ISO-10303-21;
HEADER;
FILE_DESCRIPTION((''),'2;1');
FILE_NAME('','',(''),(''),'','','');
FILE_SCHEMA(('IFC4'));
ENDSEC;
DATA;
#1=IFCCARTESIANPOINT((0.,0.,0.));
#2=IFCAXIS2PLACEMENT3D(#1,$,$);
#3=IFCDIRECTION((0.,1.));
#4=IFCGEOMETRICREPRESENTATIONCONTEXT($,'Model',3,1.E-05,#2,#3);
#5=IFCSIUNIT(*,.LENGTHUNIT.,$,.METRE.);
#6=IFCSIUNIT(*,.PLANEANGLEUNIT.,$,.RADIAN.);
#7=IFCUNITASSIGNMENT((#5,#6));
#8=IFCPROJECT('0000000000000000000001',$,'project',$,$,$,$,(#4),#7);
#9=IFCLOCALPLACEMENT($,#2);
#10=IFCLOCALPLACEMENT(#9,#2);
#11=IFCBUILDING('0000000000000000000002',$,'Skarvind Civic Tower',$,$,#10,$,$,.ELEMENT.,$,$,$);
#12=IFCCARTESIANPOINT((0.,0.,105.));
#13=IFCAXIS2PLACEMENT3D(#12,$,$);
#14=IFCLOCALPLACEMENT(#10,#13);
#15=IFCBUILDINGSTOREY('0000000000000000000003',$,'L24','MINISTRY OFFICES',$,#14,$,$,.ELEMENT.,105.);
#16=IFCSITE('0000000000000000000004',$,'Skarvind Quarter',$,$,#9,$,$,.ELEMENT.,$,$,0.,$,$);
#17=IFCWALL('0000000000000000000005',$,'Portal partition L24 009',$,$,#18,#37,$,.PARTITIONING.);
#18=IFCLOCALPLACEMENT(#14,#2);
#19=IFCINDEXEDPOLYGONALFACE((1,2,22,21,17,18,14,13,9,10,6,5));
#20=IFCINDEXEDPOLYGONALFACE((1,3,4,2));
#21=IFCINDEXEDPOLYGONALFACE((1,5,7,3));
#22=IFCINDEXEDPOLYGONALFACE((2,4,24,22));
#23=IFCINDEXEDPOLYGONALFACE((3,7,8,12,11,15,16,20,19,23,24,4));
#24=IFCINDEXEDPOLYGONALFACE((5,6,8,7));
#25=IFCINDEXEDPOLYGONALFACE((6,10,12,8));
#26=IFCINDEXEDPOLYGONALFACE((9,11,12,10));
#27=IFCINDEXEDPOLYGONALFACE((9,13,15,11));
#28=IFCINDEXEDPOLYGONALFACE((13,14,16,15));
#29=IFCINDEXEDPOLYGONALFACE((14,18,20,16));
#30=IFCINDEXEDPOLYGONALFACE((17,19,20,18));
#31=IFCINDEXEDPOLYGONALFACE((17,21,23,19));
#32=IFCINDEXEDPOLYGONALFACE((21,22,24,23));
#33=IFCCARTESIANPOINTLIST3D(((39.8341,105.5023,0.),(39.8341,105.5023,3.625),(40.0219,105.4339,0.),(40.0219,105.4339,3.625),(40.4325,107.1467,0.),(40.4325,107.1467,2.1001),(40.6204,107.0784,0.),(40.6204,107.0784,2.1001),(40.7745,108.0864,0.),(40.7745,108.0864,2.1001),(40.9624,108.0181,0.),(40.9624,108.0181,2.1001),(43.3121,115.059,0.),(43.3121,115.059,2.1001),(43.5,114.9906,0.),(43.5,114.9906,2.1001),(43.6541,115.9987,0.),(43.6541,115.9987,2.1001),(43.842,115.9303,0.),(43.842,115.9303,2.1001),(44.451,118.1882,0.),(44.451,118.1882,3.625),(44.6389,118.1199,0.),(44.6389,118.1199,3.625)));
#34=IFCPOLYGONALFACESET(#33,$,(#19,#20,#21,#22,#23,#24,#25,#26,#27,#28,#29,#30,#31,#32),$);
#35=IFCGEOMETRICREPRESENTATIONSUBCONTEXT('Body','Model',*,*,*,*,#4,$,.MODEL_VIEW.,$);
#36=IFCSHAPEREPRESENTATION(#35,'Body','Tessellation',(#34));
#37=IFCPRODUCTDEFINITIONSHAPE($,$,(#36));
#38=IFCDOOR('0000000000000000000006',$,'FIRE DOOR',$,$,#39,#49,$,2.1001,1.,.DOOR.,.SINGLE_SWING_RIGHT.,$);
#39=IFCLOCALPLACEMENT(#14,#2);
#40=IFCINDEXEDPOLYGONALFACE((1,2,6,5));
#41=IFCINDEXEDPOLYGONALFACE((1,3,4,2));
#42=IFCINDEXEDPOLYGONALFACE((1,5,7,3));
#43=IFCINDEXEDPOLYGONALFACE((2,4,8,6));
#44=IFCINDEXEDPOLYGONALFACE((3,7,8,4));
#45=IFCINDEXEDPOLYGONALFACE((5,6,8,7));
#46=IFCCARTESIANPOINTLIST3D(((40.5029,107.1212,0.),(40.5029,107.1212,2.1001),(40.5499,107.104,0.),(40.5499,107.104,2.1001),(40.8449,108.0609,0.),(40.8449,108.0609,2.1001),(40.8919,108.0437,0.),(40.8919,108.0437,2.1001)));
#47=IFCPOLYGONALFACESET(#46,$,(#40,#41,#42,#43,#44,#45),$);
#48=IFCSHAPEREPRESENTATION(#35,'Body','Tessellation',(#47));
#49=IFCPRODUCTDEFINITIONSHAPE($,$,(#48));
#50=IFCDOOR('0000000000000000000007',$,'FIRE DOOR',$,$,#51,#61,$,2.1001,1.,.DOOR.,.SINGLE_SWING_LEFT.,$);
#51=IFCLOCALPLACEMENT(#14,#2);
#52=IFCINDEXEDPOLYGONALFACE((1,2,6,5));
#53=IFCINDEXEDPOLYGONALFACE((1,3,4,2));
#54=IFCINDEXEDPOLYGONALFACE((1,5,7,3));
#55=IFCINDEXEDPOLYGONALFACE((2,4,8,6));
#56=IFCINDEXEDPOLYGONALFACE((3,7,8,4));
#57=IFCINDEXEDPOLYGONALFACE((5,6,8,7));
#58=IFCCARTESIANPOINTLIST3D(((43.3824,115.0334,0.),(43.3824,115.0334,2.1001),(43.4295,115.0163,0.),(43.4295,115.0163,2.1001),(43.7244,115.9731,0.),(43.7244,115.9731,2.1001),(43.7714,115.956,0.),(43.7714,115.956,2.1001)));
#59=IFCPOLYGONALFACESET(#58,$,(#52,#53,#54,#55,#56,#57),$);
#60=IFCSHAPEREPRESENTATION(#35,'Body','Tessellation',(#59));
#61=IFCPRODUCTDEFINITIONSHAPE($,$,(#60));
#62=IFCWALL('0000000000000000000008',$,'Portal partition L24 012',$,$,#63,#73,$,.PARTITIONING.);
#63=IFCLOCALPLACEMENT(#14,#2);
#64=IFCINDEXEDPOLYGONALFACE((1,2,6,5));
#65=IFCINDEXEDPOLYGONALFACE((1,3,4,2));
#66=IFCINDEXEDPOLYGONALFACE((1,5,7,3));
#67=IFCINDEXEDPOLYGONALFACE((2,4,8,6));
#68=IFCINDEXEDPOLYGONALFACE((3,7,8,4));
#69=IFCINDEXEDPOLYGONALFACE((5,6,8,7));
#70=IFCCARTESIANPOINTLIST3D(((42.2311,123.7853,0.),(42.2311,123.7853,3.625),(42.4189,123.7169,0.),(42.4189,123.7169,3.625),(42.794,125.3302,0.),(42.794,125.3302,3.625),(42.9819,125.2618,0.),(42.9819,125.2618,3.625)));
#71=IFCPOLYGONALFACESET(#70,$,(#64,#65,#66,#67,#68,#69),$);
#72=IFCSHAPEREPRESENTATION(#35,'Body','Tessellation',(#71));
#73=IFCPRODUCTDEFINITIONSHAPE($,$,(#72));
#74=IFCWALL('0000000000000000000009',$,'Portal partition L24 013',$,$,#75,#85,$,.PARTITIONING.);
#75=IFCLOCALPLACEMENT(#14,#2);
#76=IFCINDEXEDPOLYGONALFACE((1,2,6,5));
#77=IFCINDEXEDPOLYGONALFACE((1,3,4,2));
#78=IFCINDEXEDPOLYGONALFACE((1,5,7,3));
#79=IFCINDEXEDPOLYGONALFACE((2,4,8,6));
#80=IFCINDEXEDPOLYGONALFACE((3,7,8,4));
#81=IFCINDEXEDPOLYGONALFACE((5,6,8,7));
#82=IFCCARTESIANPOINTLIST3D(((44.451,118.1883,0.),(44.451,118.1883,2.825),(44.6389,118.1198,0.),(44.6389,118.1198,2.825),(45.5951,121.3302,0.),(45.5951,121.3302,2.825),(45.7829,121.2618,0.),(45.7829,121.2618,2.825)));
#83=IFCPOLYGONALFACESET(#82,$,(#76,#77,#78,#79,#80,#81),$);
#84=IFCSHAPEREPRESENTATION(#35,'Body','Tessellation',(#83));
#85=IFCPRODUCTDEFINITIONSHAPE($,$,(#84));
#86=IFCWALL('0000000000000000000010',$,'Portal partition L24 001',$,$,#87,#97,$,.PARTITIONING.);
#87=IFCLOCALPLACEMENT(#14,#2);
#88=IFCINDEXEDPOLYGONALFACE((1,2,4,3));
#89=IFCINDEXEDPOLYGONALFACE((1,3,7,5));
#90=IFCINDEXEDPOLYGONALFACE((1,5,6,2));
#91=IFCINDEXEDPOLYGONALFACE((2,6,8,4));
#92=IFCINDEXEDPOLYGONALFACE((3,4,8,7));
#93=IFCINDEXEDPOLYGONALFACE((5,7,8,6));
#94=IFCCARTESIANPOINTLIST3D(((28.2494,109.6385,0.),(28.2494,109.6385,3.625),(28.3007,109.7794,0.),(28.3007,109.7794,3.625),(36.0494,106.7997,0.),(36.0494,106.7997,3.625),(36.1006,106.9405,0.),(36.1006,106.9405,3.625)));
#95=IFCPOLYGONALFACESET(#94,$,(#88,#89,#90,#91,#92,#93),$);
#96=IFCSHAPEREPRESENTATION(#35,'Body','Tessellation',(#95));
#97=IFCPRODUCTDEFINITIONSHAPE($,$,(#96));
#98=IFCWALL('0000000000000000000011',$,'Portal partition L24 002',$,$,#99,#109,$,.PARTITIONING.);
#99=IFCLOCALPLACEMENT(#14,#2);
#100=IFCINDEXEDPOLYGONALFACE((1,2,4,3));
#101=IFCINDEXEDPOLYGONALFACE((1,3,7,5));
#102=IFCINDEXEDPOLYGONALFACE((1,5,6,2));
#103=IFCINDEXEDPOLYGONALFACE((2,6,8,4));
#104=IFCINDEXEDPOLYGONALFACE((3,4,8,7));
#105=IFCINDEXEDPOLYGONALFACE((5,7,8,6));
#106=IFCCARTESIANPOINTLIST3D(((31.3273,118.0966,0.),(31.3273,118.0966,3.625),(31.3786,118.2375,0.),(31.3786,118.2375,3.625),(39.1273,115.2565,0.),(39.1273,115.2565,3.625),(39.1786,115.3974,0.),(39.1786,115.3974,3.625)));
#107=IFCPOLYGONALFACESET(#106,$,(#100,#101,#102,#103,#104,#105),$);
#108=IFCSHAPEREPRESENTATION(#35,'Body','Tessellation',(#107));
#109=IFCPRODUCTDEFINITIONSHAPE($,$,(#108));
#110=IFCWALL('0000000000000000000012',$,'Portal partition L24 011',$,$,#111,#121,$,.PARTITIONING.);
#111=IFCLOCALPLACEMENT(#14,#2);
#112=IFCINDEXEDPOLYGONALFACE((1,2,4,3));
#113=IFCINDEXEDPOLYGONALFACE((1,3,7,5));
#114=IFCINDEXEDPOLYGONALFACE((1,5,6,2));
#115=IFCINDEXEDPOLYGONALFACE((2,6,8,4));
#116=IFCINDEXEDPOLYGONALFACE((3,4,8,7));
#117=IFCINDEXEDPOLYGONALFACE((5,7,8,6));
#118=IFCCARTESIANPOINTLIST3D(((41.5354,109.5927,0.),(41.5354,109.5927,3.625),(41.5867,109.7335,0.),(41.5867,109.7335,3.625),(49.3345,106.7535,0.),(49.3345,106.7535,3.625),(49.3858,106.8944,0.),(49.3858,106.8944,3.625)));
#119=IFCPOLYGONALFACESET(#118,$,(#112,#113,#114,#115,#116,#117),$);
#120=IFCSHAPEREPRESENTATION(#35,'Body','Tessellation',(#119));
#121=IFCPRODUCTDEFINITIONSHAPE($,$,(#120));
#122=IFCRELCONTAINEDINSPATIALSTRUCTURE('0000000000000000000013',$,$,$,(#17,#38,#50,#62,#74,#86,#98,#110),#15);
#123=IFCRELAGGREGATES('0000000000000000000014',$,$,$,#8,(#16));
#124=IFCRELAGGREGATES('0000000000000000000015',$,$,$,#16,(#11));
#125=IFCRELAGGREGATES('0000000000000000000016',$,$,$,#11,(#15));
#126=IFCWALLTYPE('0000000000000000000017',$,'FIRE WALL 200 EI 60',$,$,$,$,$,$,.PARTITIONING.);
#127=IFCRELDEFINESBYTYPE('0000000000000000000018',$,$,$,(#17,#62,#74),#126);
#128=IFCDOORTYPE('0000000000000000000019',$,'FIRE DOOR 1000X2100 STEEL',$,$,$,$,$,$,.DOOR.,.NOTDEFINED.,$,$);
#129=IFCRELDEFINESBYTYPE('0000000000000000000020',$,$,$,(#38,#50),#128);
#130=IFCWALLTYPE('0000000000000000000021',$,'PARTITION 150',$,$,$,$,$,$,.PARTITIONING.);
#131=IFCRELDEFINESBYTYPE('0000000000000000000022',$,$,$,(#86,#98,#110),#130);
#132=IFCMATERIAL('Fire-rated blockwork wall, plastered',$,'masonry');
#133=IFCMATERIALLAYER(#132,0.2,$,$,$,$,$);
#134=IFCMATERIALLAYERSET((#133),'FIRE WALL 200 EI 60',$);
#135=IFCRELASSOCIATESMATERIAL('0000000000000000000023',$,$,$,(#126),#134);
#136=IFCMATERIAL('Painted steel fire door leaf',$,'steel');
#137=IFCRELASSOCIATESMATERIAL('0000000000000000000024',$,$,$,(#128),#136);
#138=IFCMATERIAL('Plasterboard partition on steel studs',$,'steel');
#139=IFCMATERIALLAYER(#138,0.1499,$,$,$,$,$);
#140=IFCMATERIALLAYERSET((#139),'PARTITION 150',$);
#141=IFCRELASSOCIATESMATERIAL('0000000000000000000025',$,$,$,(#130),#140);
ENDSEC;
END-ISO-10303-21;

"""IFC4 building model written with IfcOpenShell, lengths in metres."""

from ifc_helpers import new_model, si_unit, direction, frame, frame_2d, origin, place, context, subcontext, project, spatial, rectangle, extrude, material, layer, layer_set, type_object, element, fill, save


model = new_model("IFC4")

# Units and contexts
model_context = context("Model", 3, precision=1e-05, world=origin(), true_north=direction((0.0, 1.0)))
body_context = subcontext(model_context, "Body", "Model", "MODEL_VIEW")
ifc_project = project(units=[si_unit("LENGTHUNIT", "METRE"), si_unit("PLANEANGLEUNIT", "RADIAN")], contexts=[model_context])

# Site, building, storey
site_placement = place(None, origin())
site = spatial("IfcSite", under=ifc_project, at=site_placement, Name="Skarvind Quarter", CompositionType="ELEMENT", RefElevation=0.0)
building_placement = place(site_placement, origin())
building = spatial("IfcBuilding", under=site, at=building_placement, Name="Skarvind Civic Tower", CompositionType="ELEMENT")
storey_placement = place(building_placement, frame((0.0, 0.0, 105.0)))
storey = spatial("IfcBuildingStorey", under=building, at=storey_placement, Name="L24", Description="MINISTRY OFFICES", CompositionType="ELEMENT", Elevation=105.0)

# Wall, openings, doors
ifc_material_1 = material(Name="Fire-rated blockwork wall, plastered", Category="masonry")
ifc_layer_1 = layer(ifc_material_1, 0.2)
ifc_layer_set_1 = layer_set([ifc_layer_1], Name="FIRE WALL 200 EI 60")
wall_type_1 = type_object("IfcWallType", Name="FIRE WALL 200 EI 60", PredefinedType="PARTITIONING", material=ifc_layer_set_1)
wall_1_placement = place(storey_placement, frame((44.5449, 118.1541, 0.0), z_axis=(0.0, 0.0, 1.0), x_axis=(-0.341994, -0.939702, 0.0)))
wall_1 = element("IfcWall", 1, at=wall_1_placement, inside=storey, type_object=wall_type_1, Name="Portal partition L24 009", PredefinedType="PARTITIONING", context=body_context, shape_type="SweptSolid", body=[
    extrude(rectangle(XDim=13.5, YDim=0.2, at=frame_2d((6.75, 0.0))), origin(), (0.0, 0.0, 1.0), 3.625),
])
opening_1_placement = place(wall_1_placement, frame((10.75, 0.0, 0.0)))
opening_1 = element("IfcOpeningElement", 2, at=opening_1_placement, cuts=wall_1, PredefinedType="OPENING", context=body_context, shape_type="SweptSolid", body=[
    extrude(rectangle(XDim=1.0, YDim=2.1001, at=frame_2d((0.5, 1.05))), frame((0.0, 0.1099, 0.0), z_axis=(0.0, -1.0, 0.0), x_axis=(1.0, 0.0, 0.0)), (0.0, 0.0, 1.0), 0.22),
])
opening_2_placement = place(wall_1_placement, frame((2.3301, 0.0, 0.0)))
opening_2 = element("IfcOpeningElement", 3, at=opening_2_placement, cuts=wall_1, PredefinedType="OPENING", context=body_context, shape_type="SweptSolid", body=[
    extrude(rectangle(XDim=1.0, YDim=2.1001, at=frame_2d((0.5, 1.05))), frame((0.0, 0.1099, 0.0), z_axis=(0.0, -1.0, 0.0), x_axis=(1.0, 0.0, 0.0)), (0.0, 0.0, 1.0), 0.22),
])
ifc_material_2 = material(Name="Painted steel fire door leaf", Category="steel")
door_type = type_object("IfcDoorType", Name="FIRE DOOR 1000X2100 STEEL", OperationType="NOTDEFINED", PredefinedType="DOOR", material=ifc_material_2)
door_1_placement = place(opening_1_placement, origin())
door_1 = element("IfcDoor", 4, at=door_1_placement, inside=storey, type_object=door_type, Name="FIRE DOOR", OperationType="SINGLE_SWING_RIGHT", OverallHeight=2.1001, OverallWidth=1.0, PredefinedType="DOOR", context=body_context, shape_type="SweptSolid", body=[
    extrude(rectangle(XDim=1.0, YDim=2.1001, at=frame_2d((0.5, 1.05))), frame((0.0, 0.0249, 0.0), z_axis=(0.0, -1.0, 0.0), x_axis=(1.0, 0.0, 0.0)), (0.0, 0.0, 1.0), 0.05),
])
fill(opening_1, door_1)
door_2_placement = place(opening_2_placement, origin())
door_2 = element("IfcDoor", 5, at=door_2_placement, inside=storey, type_object=door_type, Name="FIRE DOOR", OperationType="SINGLE_SWING_LEFT", OverallHeight=2.1001, OverallWidth=1.0, PredefinedType="DOOR", context=body_context, shape_type="SweptSolid", body=[
    extrude(rectangle(XDim=1.0, YDim=2.1001, at=frame_2d((0.5, 1.05))), frame((0.0, 0.0249, 0.0), z_axis=(0.0, -1.0, 0.0), x_axis=(1.0, 0.0, 0.0)), (0.0, 0.0, 1.0), 0.05),
])
fill(opening_2, door_2)

# Walls
wall_2_placement = place(storey_placement, frame((42.325, 123.751, 0.0), z_axis=(0.0, 0.0, 1.0), x_axis=(0.342387, 0.939559, 0.0)))
element("IfcWall", 6, at=wall_2_placement, inside=storey, type_object=wall_type_1, Name="Portal partition L24 012", PredefinedType="PARTITIONING", context=body_context, shape_type="SweptSolid", body=[
    extrude(rectangle(XDim=1.6443, YDim=0.2, at=frame_2d((0.8223, 0.0))), origin(), (0.0, 0.0, 1.0), 3.625),
])
wall_3_placement = place(storey_placement, frame((44.5449, 118.1541, 0.0), z_axis=(0.0, 0.0, 1.0), x_axis=(0.342153, 0.939644, 0.0)))
element("IfcWall", 7, at=wall_3_placement, inside=storey, type_object=wall_type_1, Name="Portal partition L24 013", PredefinedType="PARTITIONING", context=body_context, shape_type="SweptSolid", body=[
    extrude(rectangle(XDim=3.3438, YDim=0.2, at=frame_2d((1.6719, 0.0))), origin(), (0.0, 0.0, 1.0), 2.825),
])
ifc_material_3 = material(Name="Plasterboard partition on steel studs", Category="steel")
ifc_layer_2 = layer(ifc_material_3, 0.1499)
ifc_layer_set_2 = layer_set([ifc_layer_2], Name="PARTITION 150")
wall_type_2 = type_object("IfcWallType", Name="PARTITION 150", PredefinedType="PARTITIONING", material=ifc_layer_set_2)
wall_4_placement = place(storey_placement, frame((28.2749, 109.709, 0.0), z_axis=(0.0, 0.0, 1.0), x_axis=(0.939697, -0.342008, 0.0)))
element("IfcWall", 8, at=wall_4_placement, inside=storey, type_object=wall_type_2, Name="Portal partition L24 001", PredefinedType="PARTITIONING", context=body_context, shape_type="SweptSolid", body=[
    extrude(rectangle(XDim=8.3005, YDim=0.1499, at=frame_2d((4.1504, 0.0))), origin(), (0.0, 0.0, 1.0), 3.625),
])
wall_5_placement = place(storey_placement, frame((31.353, 118.167, 0.0), z_axis=(0.0, 0.0, 1.0), x_axis=(0.93965, -0.342137, 0.0)))
element("IfcWall", 9, at=wall_5_placement, inside=storey, type_object=wall_type_2, Name="Portal partition L24 002", PredefinedType="PARTITIONING", context=body_context, shape_type="SweptSolid", body=[
    extrude(rectangle(XDim=8.301, YDim=0.1499, at=frame_2d((4.1504, 0.0))), origin(), (0.0, 0.0, 1.0), 3.625),
])
wall_6_placement = place(storey_placement, frame((41.561, 109.6631, 0.0), z_axis=(0.0, 0.0, 1.0), x_axis=(0.939674, -0.342071, 0.0)))
element("IfcWall", 10, at=wall_6_placement, inside=storey, type_object=wall_type_2, Name="Portal partition L24 011", PredefinedType="PARTITIONING", context=body_context, shape_type="SweptSolid", body=[
    extrude(rectangle(XDim=8.2998, YDim=0.1499, at=frame_2d((4.1499, 0.0))), origin(), (0.0, 0.0, 1.0), 3.625),
])

save(model, "model.ifc")
